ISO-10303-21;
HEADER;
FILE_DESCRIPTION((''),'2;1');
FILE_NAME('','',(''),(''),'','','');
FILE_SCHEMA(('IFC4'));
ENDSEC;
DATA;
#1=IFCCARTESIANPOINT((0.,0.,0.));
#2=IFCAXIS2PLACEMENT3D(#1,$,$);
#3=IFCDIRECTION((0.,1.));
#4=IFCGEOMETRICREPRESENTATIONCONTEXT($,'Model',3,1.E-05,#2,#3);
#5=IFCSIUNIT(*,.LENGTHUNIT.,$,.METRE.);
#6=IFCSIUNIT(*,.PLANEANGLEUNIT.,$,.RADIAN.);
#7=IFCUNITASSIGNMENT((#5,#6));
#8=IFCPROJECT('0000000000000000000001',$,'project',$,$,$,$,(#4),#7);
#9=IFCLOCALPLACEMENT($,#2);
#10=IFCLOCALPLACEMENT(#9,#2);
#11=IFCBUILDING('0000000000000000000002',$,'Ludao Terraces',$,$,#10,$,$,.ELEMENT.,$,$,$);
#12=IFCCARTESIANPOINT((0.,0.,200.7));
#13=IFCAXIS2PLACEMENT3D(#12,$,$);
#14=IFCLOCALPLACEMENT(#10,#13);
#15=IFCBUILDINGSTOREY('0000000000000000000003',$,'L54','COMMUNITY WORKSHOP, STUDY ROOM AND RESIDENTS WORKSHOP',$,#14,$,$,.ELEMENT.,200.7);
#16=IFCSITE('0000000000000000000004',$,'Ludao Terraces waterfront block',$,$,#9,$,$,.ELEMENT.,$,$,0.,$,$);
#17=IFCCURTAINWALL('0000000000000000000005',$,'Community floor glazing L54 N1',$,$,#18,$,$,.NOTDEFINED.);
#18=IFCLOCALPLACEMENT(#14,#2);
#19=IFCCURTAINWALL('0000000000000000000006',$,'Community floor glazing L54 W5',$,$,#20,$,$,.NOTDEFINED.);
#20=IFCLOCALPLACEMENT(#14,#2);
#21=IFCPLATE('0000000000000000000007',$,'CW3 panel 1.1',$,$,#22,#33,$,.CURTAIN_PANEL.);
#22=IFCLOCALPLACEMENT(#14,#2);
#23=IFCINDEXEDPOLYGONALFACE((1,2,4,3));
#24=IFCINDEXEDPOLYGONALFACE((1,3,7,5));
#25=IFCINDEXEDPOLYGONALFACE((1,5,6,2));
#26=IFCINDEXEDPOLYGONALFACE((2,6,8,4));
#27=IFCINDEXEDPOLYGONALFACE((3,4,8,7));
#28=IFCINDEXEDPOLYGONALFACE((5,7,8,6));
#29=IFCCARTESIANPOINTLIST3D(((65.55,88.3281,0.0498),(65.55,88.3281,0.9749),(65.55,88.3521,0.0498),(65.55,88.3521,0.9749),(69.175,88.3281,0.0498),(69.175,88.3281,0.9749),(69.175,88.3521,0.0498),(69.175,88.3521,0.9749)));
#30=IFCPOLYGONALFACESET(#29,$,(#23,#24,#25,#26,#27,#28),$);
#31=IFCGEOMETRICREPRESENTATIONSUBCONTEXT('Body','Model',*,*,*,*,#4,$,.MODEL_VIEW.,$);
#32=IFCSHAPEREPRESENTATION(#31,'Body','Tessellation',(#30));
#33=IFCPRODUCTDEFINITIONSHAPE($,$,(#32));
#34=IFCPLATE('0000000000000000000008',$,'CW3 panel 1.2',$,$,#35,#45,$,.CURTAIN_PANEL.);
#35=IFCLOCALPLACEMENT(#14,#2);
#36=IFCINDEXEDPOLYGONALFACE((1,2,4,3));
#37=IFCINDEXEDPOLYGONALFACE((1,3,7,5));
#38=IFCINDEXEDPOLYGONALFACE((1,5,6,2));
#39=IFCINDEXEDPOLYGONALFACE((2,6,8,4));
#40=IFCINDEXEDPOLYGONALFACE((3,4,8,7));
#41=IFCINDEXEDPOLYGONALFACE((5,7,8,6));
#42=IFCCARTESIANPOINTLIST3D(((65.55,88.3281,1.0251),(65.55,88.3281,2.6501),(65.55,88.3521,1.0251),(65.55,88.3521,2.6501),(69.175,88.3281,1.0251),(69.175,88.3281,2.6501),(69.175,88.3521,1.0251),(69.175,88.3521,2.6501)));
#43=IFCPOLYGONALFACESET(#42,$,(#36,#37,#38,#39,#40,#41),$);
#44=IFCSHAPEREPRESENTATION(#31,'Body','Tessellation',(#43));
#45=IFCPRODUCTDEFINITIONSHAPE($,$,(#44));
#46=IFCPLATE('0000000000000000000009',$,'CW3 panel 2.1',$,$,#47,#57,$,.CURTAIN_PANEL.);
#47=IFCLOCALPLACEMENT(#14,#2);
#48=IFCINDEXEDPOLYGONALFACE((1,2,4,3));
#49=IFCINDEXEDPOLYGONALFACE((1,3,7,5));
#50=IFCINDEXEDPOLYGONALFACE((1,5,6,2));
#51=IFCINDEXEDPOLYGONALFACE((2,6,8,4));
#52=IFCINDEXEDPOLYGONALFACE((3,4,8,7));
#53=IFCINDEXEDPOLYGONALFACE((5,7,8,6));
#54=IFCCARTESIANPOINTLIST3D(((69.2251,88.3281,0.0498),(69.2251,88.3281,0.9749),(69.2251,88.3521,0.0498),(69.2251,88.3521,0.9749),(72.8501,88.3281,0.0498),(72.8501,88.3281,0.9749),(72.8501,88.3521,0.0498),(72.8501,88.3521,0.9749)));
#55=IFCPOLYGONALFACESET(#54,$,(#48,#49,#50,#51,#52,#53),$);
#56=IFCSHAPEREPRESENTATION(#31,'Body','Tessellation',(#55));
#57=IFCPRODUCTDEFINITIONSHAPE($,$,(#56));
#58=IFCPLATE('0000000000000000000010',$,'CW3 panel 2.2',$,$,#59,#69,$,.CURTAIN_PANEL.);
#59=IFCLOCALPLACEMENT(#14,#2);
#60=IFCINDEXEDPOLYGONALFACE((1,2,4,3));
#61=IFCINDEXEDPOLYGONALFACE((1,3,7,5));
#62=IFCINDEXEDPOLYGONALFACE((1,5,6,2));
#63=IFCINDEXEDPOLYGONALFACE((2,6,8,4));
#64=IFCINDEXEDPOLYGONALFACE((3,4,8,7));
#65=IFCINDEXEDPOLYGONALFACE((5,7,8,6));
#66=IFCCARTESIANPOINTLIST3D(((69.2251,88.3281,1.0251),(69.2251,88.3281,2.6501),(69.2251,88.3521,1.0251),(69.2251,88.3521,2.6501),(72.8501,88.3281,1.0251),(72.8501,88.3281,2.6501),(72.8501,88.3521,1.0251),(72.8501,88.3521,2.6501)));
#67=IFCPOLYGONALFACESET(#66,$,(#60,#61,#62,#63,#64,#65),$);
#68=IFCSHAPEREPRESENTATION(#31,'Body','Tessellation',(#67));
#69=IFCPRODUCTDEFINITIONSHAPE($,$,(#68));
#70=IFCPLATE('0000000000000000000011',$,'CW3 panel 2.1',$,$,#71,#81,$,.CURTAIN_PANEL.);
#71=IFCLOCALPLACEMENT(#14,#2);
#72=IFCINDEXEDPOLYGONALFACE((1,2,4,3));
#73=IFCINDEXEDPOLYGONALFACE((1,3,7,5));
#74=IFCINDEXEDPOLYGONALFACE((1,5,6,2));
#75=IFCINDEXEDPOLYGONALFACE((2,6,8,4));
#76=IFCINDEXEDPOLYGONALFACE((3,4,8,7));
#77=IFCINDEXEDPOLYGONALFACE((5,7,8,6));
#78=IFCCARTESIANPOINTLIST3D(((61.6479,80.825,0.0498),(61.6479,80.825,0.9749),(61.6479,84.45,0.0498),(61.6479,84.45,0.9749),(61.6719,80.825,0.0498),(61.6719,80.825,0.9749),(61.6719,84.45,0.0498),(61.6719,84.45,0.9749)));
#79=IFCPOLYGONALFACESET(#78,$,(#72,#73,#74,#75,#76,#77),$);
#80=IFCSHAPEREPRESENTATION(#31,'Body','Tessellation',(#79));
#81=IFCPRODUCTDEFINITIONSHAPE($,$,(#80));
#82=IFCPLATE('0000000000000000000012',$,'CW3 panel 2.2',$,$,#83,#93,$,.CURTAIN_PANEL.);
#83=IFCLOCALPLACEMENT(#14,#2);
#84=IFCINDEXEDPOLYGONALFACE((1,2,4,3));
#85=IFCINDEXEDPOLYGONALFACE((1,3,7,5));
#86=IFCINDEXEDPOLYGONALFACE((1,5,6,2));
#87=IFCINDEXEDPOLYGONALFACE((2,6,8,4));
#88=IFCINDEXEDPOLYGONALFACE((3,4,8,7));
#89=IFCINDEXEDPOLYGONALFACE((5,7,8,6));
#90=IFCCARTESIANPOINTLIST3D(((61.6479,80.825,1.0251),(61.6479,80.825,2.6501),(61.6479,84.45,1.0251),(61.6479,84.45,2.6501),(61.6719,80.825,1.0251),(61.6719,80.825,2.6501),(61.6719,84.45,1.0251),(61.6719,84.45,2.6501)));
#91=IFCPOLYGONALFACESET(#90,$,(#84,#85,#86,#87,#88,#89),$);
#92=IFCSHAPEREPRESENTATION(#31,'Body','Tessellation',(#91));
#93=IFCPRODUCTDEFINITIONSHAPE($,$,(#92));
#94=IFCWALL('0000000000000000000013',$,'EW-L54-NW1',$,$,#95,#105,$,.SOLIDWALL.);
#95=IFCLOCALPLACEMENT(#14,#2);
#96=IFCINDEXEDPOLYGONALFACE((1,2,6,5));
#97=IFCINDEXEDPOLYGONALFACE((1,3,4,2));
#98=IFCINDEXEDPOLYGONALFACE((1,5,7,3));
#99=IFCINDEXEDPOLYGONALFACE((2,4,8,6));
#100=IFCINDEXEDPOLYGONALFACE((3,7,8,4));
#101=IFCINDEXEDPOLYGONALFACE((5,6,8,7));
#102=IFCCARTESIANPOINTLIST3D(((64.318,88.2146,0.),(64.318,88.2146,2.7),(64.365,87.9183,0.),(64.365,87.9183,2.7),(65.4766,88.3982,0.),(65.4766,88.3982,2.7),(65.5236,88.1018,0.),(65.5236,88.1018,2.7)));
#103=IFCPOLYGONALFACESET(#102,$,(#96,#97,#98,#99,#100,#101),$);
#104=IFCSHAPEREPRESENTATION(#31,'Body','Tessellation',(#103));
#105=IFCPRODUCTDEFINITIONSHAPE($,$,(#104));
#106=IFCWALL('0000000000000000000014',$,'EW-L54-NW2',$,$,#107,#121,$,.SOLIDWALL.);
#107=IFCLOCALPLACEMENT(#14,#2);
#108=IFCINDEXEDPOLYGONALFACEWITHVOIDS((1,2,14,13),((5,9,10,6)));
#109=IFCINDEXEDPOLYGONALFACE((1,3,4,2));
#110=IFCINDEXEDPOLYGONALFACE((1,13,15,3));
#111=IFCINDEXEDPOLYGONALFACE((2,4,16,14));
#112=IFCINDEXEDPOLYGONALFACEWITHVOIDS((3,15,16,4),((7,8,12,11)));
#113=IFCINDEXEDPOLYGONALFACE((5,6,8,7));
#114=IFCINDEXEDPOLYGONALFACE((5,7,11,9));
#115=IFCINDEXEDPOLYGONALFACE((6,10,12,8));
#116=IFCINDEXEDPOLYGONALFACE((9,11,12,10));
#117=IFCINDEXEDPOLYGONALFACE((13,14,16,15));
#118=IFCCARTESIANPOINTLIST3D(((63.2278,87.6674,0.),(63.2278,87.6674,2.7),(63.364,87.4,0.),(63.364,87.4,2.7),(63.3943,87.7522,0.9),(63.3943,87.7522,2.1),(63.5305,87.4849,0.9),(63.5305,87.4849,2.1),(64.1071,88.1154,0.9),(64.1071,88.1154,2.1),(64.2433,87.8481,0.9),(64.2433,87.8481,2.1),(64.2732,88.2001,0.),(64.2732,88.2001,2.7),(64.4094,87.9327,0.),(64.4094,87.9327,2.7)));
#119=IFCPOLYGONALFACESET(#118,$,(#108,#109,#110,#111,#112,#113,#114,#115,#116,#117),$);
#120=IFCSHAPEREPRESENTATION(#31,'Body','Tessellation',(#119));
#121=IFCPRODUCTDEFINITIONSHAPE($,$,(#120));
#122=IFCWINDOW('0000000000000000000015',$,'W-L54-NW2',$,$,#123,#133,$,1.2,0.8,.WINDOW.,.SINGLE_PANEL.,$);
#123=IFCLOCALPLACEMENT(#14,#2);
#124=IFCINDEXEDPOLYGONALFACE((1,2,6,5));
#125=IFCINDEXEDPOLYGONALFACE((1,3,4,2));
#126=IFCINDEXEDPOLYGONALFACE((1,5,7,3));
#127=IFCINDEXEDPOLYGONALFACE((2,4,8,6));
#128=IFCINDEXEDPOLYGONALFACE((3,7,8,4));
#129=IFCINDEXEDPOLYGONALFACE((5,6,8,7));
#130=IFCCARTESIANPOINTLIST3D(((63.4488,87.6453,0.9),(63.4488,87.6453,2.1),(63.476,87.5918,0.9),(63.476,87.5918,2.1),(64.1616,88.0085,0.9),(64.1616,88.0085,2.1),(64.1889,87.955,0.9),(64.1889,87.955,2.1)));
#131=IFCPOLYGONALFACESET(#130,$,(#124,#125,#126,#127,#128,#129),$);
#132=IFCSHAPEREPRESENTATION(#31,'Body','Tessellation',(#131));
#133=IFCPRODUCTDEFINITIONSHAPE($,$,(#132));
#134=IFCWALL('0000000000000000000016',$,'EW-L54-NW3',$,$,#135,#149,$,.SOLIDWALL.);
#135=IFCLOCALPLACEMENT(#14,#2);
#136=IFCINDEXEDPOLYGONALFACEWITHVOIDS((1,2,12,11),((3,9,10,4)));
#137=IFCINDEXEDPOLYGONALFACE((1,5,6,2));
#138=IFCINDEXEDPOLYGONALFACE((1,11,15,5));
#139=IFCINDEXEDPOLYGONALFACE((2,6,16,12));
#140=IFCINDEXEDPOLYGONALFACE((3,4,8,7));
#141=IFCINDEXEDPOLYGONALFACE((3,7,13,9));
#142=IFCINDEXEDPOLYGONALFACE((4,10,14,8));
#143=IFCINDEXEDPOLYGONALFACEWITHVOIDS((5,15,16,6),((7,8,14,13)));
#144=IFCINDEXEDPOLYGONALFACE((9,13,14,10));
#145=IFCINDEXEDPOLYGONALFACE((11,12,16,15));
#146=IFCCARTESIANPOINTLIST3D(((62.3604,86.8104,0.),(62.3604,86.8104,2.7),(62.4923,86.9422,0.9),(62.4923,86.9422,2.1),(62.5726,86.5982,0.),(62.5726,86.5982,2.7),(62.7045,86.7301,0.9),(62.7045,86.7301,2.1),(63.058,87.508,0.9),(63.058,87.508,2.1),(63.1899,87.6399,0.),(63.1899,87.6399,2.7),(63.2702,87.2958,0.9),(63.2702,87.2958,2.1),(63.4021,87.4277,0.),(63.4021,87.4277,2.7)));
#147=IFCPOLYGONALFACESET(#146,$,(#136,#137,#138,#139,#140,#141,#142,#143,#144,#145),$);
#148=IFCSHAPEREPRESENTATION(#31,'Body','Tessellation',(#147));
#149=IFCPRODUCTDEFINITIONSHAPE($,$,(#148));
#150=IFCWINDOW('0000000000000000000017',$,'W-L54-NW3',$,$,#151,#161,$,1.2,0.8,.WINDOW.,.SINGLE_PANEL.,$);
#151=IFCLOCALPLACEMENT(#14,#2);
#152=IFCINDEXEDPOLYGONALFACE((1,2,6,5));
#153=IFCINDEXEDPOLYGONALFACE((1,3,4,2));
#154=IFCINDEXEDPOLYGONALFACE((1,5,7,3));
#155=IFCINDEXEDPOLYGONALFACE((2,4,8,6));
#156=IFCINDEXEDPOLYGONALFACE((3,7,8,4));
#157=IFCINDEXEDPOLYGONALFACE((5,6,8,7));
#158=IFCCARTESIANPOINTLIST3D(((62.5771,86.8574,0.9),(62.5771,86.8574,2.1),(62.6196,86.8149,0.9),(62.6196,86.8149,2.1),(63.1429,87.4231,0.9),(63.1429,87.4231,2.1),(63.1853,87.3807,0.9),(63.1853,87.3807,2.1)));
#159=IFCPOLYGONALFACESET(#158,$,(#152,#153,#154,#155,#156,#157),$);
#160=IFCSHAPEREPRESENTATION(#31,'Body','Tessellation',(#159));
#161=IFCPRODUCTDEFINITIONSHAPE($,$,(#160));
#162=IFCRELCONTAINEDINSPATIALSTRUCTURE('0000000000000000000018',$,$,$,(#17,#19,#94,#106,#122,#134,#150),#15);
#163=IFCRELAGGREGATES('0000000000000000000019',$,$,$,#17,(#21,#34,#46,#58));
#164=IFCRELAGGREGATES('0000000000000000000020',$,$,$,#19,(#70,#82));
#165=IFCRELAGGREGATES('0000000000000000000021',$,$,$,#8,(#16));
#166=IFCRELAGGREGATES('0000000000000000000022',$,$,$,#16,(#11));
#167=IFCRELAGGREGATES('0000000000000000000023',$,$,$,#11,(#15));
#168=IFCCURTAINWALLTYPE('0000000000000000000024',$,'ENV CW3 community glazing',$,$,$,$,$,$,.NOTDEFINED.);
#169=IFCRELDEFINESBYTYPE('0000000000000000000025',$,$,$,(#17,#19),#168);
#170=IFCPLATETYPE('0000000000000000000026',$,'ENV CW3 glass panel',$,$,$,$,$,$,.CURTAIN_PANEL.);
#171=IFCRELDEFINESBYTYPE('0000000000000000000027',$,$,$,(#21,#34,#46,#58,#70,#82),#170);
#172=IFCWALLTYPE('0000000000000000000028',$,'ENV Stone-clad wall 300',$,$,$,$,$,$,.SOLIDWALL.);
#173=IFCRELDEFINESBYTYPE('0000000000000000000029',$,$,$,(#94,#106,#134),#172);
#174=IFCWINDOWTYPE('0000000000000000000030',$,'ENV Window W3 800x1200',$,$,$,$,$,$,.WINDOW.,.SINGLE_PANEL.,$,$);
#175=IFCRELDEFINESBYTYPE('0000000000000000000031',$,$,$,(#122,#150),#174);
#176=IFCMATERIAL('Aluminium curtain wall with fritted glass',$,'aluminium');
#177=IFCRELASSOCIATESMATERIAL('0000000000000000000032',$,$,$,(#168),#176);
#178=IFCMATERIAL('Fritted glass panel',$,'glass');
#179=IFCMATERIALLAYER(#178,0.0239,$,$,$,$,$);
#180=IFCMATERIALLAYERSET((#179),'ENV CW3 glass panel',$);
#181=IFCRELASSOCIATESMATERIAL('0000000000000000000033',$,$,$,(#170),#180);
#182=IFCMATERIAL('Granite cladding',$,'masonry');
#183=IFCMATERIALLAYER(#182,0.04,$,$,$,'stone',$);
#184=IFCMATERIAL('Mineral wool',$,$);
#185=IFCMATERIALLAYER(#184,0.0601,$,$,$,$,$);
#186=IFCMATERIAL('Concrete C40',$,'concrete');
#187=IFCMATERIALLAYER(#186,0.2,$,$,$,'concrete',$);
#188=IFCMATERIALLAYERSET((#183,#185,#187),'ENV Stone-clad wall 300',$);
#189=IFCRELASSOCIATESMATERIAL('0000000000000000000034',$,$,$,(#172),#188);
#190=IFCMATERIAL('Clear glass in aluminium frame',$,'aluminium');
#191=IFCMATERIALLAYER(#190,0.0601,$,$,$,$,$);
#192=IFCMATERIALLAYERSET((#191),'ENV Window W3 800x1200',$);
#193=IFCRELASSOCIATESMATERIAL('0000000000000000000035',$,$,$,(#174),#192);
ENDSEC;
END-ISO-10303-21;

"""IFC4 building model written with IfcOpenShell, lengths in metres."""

from ifc_helpers import new_model, si_unit, direction, frame, frame_2d, origin, origin_2d, place, context, subcontext, project, spatial, rectangle, extrude, material, layer, layer_set, type_object, element, fill, aggregate, save


model = new_model("IFC4")

# Units and contexts
model_context = context("Model", 3, precision=1e-05, world=origin(), true_north=direction((0.0, 1.0)))
body_context = subcontext(model_context, "Body", "Model", "MODEL_VIEW")
ifc_project = project(units=[si_unit("LENGTHUNIT", "METRE"), si_unit("PLANEANGLEUNIT", "RADIAN")], contexts=[model_context])

# Site, building, storey
site_placement = place(None, origin())
site = spatial("IfcSite", under=ifc_project, at=site_placement, Name="Ludao Terraces waterfront block", CompositionType="ELEMENT", RefElevation=0.0)
building_placement = place(site_placement, origin())
building = spatial("IfcBuilding", under=site, at=building_placement, Name="Ludao Terraces", CompositionType="ELEMENT")
storey_placement = place(building_placement, frame((0.0, 0.0, 200.7)))
storey = spatial("IfcBuildingStorey", under=building, at=storey_placement, Name="L54", Description="COMMUNITY WORKSHOP, STUDY ROOM AND RESIDENTS WORKSHOP", CompositionType="ELEMENT", Elevation=200.7)

# Curtain wall
ifc_material_1 = material(Name="Aluminium curtain wall with fritted glass", Category="aluminium")
curtain_wall_type = type_object("IfcCurtainWallType", Name="ENV CW3 community glazing", PredefinedType="NOTDEFINED", material=ifc_material_1)
curtain_wall_1_placement = place(storey_placement, origin())
curtain_wall_1 = element("IfcCurtainWall", 1, at=curtain_wall_1_placement, inside=storey, type_object=curtain_wall_type, Name="Community floor glazing L54 N1", PredefinedType="NOTDEFINED")

# Curtain wall
curtain_wall_2_placement = place(storey_placement, origin())
curtain_wall_2 = element("IfcCurtainWall", 2, at=curtain_wall_2_placement, inside=storey, type_object=curtain_wall_type, Name="Community floor glazing L54 W5", PredefinedType="NOTDEFINED")

# Shared definitions
ifc_material_2 = material(Name="Concrete C40", Category="concrete")

# Plates
ifc_material_3 = material(Name="Fritted glass panel", Category="glass")
ifc_layer_1 = layer(ifc_material_3, 0.0239)
ifc_layer_set_1 = layer_set([ifc_layer_1], Name="ENV CW3 glass panel")
plate_type = type_object("IfcPlateType", Name="ENV CW3 glass panel", PredefinedType="CURTAIN_PANEL", material=ifc_layer_set_1)
plate_1_placement = place(storey_placement, frame((67.3625, 88.3401, 0.0498), z_axis=(0.0, 0.0, 1.0), x_axis=(1.0, 0.0, 0.0)))
plate_1 = element("IfcPlate", 3, at=plate_1_placement, type_object=plate_type, Name="CW3 panel 1.1", PredefinedType="CURTAIN_PANEL", context=body_context, shape_type="SweptSolid", body=[
    extrude(rectangle(XDim=3.625, YDim=0.0239, at=origin_2d()), origin(), (0.0, 0.0, 1.0), 0.925),
])
plate_2_placement = place(storey_placement, frame((67.3625, 88.3401, 1.0251), z_axis=(0.0, 0.0, 1.0), x_axis=(1.0, 0.0, 0.0)))
plate_2 = element("IfcPlate", 4, at=plate_2_placement, type_object=plate_type, Name="CW3 panel 1.2", PredefinedType="CURTAIN_PANEL", context=body_context, shape_type="SweptSolid", body=[
    extrude(rectangle(XDim=3.625, YDim=0.0239, at=origin_2d()), origin(), (0.0, 0.0, 1.0), 1.625),
])
plate_3_placement = place(storey_placement, frame((71.0376, 88.3401, 0.0498), z_axis=(0.0, 0.0, 1.0), x_axis=(1.0, 0.0, 0.0)))
plate_3 = element("IfcPlate", 5, at=plate_3_placement, type_object=plate_type, Name="CW3 panel 2.1", PredefinedType="CURTAIN_PANEL", context=body_context, shape_type="SweptSolid", body=[
    extrude(rectangle(XDim=3.625, YDim=0.0239, at=origin_2d()), origin(), (0.0, 0.0, 1.0), 0.925),
])
plate_4_placement = place(storey_placement, frame((71.0376, 88.3401, 1.0251), z_axis=(0.0, 0.0, 1.0), x_axis=(1.0, 0.0, 0.0)))
plate_4 = element("IfcPlate", 6, at=plate_4_placement, type_object=plate_type, Name="CW3 panel 2.2", PredefinedType="CURTAIN_PANEL", context=body_context, shape_type="SweptSolid", body=[
    extrude(rectangle(XDim=3.625, YDim=0.0239, at=origin_2d()), origin(), (0.0, 0.0, 1.0), 1.625),
])
aggregate(curtain_wall_1, [plate_1, plate_2, plate_3, plate_4])
plate_5_placement = place(storey_placement, frame((61.6599, 82.6375, 0.0498), z_axis=(0.0, 0.0, 1.0), x_axis=(0.0, 1.0, 0.0)))
plate_5 = element("IfcPlate", 7, at=plate_5_placement, type_object=plate_type, Name="CW3 panel 2.1", PredefinedType="CURTAIN_PANEL", context=body_context, shape_type="SweptSolid", body=[
    extrude(rectangle(XDim=3.625, YDim=0.0239, at=origin_2d()), origin(), (0.0, 0.0, 1.0), 0.925),
])
plate_6_placement = place(storey_placement, frame((61.6599, 82.6375, 1.0251), z_axis=(0.0, 0.0, 1.0), x_axis=(0.0, 1.0, 0.0)))
plate_6 = element("IfcPlate", 8, at=plate_6_placement, type_object=plate_type, Name="CW3 panel 2.2", PredefinedType="CURTAIN_PANEL", context=body_context, shape_type="SweptSolid", body=[
    extrude(rectangle(XDim=3.625, YDim=0.0239, at=origin_2d()), origin(), (0.0, 0.0, 1.0), 1.625),
])
aggregate(curtain_wall_2, [plate_5, plate_6])

# Wall
ifc_material_4 = material(Name="Granite cladding", Category="masonry")
ifc_layer_2 = layer(ifc_material_4, 0.04, Category="stone")
ifc_material_5 = material(Name="Mineral wool")
ifc_layer_3 = layer(ifc_material_5, 0.0601)
ifc_layer_4 = layer(ifc_material_2, 0.2, Category="concrete")
ifc_layer_set_2 = layer_set([ifc_layer_2, ifc_layer_3, ifc_layer_4], Name="ENV Stone-clad wall 300")
wall_type = type_object("IfcWallType", Name="ENV Stone-clad wall 300", PredefinedType="SOLIDWALL", material=ifc_layer_set_2)
wall_1_placement = place(storey_placement, frame((65.5, 88.25, 0.0), z_axis=(0.0, 0.0, 1.0), x_axis=(-0.987678, -0.156497, 0.0)))
element("IfcWall", 9, at=wall_1_placement, inside=storey, type_object=wall_type, Name="EW-L54-NW1", PredefinedType="SOLIDWALL", context=body_context, shape_type="SweptSolid", body=[
    extrude(rectangle(XDim=1.1731, YDim=0.3, at=frame_2d((0.5864, 0.0))), origin(), (0.0, 0.0, 1.0), 2.7),
])

# Walls, openings, windows
wall_2_placement = place(storey_placement, frame((64.3413, 88.0664, 0.0), z_axis=(0.0, 0.0, 1.0), x_axis=(-0.890989, -0.454026, 0.0)))
wall_2 = element("IfcWall", 10, at=wall_2_placement, inside=storey, type_object=wall_type, Name="EW-L54-NW2", PredefinedType="SOLIDWALL", context=body_context, shape_type="SweptSolid", body=[
    extrude(rectangle(XDim=1.1733, YDim=0.3, at=frame_2d((0.5867, 0.0))), origin(), (0.0, 0.0, 1.0), 2.7),
])
opening_1_placement = place(wall_2_placement, frame((0.1865, 0.0, 0.8999)))
opening_1 = element("IfcOpeningElement", 11, at=opening_1_placement, cuts=wall_2, PredefinedType="OPENING", context=body_context, shape_type="SweptSolid", body=[
    extrude(rectangle(XDim=0.8, YDim=1.2, at=frame_2d((0.3999, 0.6001))), frame((0.0, 0.1602, 0.0), z_axis=(0.0, -1.0, 0.0), x_axis=(1.0, 0.0, 0.0)), (0.0, 0.0, 1.0), 0.3201),
])
ifc_material_6 = material(Name="Clear glass in aluminium frame", Category="aluminium")
ifc_layer_5 = layer(ifc_material_6, 0.0601)
ifc_layer_set_3 = layer_set([ifc_layer_5], Name="ENV Window W3 800x1200")
window_type = type_object("IfcWindowType", Name="ENV Window W3 800x1200", PartitioningType="SINGLE_PANEL", PredefinedType="WINDOW", material=ifc_layer_set_3)
window_1_placement = place(opening_1_placement, origin())
window_1 = element("IfcWindow", 12, at=window_1_placement, inside=storey, type_object=window_type, Name="W-L54-NW2", OverallHeight=1.2, OverallWidth=0.8, PartitioningType="SINGLE_PANEL", PredefinedType="WINDOW", context=body_context, shape_type="SweptSolid", body=[
    extrude(rectangle(XDim=0.8, YDim=1.2, at=frame_2d((0.3999, 0.6001))), frame((0.0, 0.03, 0.0), z_axis=(0.0, -1.0, 0.0), x_axis=(1.0, 0.0, 0.0)), (0.0, 0.0, 1.0), 0.0601),
])
fill(opening_1, window_1)
wall_3_placement = place(storey_placement, frame((63.2959, 87.5337, 0.0), z_axis=(0.0, 0.0, 1.0), x_axis=(-0.707107, -0.707107, 0.0)))
wall_3 = element("IfcWall", 13, at=wall_3_placement, inside=storey, type_object=wall_type, Name="EW-L54-NW3", PredefinedType="SOLIDWALL", context=body_context, shape_type="SweptSolid", body=[
    extrude(rectangle(XDim=1.1731, YDim=0.3, at=frame_2d((0.5864, 0.0))), origin(), (0.0, 0.0, 1.0), 2.7),
])
opening_2_placement = place(wall_3_placement, frame((0.1865, 0.0, 0.8999)))
opening_2 = element("IfcOpeningElement", 14, at=opening_2_placement, cuts=wall_3, PredefinedType="OPENING", context=body_context, shape_type="SweptSolid", body=[
    extrude(rectangle(XDim=0.8, YDim=1.2, at=frame_2d((0.3999, 0.6001))), frame((0.0, 0.1602, 0.0), z_axis=(0.0, -1.0, 0.0), x_axis=(1.0, 0.0, 0.0)), (0.0, 0.0, 1.0), 0.3201),
])
window_2_placement = place(opening_2_placement, origin())
window_2 = element("IfcWindow", 15, at=window_2_placement, inside=storey, type_object=window_type, Name="W-L54-NW3", OverallHeight=1.2, OverallWidth=0.8, PartitioningType="SINGLE_PANEL", PredefinedType="WINDOW", context=body_context, shape_type="SweptSolid", body=[
    extrude(rectangle(XDim=0.8, YDim=1.2, at=frame_2d((0.3999, 0.6001))), frame((0.0, 0.03, 0.0), z_axis=(0.0, -1.0, 0.0), x_axis=(1.0, 0.0, 0.0)), (0.0, 0.0, 1.0), 0.0601),
])
fill(opening_2, window_2)

save(model, "model.ifc")
